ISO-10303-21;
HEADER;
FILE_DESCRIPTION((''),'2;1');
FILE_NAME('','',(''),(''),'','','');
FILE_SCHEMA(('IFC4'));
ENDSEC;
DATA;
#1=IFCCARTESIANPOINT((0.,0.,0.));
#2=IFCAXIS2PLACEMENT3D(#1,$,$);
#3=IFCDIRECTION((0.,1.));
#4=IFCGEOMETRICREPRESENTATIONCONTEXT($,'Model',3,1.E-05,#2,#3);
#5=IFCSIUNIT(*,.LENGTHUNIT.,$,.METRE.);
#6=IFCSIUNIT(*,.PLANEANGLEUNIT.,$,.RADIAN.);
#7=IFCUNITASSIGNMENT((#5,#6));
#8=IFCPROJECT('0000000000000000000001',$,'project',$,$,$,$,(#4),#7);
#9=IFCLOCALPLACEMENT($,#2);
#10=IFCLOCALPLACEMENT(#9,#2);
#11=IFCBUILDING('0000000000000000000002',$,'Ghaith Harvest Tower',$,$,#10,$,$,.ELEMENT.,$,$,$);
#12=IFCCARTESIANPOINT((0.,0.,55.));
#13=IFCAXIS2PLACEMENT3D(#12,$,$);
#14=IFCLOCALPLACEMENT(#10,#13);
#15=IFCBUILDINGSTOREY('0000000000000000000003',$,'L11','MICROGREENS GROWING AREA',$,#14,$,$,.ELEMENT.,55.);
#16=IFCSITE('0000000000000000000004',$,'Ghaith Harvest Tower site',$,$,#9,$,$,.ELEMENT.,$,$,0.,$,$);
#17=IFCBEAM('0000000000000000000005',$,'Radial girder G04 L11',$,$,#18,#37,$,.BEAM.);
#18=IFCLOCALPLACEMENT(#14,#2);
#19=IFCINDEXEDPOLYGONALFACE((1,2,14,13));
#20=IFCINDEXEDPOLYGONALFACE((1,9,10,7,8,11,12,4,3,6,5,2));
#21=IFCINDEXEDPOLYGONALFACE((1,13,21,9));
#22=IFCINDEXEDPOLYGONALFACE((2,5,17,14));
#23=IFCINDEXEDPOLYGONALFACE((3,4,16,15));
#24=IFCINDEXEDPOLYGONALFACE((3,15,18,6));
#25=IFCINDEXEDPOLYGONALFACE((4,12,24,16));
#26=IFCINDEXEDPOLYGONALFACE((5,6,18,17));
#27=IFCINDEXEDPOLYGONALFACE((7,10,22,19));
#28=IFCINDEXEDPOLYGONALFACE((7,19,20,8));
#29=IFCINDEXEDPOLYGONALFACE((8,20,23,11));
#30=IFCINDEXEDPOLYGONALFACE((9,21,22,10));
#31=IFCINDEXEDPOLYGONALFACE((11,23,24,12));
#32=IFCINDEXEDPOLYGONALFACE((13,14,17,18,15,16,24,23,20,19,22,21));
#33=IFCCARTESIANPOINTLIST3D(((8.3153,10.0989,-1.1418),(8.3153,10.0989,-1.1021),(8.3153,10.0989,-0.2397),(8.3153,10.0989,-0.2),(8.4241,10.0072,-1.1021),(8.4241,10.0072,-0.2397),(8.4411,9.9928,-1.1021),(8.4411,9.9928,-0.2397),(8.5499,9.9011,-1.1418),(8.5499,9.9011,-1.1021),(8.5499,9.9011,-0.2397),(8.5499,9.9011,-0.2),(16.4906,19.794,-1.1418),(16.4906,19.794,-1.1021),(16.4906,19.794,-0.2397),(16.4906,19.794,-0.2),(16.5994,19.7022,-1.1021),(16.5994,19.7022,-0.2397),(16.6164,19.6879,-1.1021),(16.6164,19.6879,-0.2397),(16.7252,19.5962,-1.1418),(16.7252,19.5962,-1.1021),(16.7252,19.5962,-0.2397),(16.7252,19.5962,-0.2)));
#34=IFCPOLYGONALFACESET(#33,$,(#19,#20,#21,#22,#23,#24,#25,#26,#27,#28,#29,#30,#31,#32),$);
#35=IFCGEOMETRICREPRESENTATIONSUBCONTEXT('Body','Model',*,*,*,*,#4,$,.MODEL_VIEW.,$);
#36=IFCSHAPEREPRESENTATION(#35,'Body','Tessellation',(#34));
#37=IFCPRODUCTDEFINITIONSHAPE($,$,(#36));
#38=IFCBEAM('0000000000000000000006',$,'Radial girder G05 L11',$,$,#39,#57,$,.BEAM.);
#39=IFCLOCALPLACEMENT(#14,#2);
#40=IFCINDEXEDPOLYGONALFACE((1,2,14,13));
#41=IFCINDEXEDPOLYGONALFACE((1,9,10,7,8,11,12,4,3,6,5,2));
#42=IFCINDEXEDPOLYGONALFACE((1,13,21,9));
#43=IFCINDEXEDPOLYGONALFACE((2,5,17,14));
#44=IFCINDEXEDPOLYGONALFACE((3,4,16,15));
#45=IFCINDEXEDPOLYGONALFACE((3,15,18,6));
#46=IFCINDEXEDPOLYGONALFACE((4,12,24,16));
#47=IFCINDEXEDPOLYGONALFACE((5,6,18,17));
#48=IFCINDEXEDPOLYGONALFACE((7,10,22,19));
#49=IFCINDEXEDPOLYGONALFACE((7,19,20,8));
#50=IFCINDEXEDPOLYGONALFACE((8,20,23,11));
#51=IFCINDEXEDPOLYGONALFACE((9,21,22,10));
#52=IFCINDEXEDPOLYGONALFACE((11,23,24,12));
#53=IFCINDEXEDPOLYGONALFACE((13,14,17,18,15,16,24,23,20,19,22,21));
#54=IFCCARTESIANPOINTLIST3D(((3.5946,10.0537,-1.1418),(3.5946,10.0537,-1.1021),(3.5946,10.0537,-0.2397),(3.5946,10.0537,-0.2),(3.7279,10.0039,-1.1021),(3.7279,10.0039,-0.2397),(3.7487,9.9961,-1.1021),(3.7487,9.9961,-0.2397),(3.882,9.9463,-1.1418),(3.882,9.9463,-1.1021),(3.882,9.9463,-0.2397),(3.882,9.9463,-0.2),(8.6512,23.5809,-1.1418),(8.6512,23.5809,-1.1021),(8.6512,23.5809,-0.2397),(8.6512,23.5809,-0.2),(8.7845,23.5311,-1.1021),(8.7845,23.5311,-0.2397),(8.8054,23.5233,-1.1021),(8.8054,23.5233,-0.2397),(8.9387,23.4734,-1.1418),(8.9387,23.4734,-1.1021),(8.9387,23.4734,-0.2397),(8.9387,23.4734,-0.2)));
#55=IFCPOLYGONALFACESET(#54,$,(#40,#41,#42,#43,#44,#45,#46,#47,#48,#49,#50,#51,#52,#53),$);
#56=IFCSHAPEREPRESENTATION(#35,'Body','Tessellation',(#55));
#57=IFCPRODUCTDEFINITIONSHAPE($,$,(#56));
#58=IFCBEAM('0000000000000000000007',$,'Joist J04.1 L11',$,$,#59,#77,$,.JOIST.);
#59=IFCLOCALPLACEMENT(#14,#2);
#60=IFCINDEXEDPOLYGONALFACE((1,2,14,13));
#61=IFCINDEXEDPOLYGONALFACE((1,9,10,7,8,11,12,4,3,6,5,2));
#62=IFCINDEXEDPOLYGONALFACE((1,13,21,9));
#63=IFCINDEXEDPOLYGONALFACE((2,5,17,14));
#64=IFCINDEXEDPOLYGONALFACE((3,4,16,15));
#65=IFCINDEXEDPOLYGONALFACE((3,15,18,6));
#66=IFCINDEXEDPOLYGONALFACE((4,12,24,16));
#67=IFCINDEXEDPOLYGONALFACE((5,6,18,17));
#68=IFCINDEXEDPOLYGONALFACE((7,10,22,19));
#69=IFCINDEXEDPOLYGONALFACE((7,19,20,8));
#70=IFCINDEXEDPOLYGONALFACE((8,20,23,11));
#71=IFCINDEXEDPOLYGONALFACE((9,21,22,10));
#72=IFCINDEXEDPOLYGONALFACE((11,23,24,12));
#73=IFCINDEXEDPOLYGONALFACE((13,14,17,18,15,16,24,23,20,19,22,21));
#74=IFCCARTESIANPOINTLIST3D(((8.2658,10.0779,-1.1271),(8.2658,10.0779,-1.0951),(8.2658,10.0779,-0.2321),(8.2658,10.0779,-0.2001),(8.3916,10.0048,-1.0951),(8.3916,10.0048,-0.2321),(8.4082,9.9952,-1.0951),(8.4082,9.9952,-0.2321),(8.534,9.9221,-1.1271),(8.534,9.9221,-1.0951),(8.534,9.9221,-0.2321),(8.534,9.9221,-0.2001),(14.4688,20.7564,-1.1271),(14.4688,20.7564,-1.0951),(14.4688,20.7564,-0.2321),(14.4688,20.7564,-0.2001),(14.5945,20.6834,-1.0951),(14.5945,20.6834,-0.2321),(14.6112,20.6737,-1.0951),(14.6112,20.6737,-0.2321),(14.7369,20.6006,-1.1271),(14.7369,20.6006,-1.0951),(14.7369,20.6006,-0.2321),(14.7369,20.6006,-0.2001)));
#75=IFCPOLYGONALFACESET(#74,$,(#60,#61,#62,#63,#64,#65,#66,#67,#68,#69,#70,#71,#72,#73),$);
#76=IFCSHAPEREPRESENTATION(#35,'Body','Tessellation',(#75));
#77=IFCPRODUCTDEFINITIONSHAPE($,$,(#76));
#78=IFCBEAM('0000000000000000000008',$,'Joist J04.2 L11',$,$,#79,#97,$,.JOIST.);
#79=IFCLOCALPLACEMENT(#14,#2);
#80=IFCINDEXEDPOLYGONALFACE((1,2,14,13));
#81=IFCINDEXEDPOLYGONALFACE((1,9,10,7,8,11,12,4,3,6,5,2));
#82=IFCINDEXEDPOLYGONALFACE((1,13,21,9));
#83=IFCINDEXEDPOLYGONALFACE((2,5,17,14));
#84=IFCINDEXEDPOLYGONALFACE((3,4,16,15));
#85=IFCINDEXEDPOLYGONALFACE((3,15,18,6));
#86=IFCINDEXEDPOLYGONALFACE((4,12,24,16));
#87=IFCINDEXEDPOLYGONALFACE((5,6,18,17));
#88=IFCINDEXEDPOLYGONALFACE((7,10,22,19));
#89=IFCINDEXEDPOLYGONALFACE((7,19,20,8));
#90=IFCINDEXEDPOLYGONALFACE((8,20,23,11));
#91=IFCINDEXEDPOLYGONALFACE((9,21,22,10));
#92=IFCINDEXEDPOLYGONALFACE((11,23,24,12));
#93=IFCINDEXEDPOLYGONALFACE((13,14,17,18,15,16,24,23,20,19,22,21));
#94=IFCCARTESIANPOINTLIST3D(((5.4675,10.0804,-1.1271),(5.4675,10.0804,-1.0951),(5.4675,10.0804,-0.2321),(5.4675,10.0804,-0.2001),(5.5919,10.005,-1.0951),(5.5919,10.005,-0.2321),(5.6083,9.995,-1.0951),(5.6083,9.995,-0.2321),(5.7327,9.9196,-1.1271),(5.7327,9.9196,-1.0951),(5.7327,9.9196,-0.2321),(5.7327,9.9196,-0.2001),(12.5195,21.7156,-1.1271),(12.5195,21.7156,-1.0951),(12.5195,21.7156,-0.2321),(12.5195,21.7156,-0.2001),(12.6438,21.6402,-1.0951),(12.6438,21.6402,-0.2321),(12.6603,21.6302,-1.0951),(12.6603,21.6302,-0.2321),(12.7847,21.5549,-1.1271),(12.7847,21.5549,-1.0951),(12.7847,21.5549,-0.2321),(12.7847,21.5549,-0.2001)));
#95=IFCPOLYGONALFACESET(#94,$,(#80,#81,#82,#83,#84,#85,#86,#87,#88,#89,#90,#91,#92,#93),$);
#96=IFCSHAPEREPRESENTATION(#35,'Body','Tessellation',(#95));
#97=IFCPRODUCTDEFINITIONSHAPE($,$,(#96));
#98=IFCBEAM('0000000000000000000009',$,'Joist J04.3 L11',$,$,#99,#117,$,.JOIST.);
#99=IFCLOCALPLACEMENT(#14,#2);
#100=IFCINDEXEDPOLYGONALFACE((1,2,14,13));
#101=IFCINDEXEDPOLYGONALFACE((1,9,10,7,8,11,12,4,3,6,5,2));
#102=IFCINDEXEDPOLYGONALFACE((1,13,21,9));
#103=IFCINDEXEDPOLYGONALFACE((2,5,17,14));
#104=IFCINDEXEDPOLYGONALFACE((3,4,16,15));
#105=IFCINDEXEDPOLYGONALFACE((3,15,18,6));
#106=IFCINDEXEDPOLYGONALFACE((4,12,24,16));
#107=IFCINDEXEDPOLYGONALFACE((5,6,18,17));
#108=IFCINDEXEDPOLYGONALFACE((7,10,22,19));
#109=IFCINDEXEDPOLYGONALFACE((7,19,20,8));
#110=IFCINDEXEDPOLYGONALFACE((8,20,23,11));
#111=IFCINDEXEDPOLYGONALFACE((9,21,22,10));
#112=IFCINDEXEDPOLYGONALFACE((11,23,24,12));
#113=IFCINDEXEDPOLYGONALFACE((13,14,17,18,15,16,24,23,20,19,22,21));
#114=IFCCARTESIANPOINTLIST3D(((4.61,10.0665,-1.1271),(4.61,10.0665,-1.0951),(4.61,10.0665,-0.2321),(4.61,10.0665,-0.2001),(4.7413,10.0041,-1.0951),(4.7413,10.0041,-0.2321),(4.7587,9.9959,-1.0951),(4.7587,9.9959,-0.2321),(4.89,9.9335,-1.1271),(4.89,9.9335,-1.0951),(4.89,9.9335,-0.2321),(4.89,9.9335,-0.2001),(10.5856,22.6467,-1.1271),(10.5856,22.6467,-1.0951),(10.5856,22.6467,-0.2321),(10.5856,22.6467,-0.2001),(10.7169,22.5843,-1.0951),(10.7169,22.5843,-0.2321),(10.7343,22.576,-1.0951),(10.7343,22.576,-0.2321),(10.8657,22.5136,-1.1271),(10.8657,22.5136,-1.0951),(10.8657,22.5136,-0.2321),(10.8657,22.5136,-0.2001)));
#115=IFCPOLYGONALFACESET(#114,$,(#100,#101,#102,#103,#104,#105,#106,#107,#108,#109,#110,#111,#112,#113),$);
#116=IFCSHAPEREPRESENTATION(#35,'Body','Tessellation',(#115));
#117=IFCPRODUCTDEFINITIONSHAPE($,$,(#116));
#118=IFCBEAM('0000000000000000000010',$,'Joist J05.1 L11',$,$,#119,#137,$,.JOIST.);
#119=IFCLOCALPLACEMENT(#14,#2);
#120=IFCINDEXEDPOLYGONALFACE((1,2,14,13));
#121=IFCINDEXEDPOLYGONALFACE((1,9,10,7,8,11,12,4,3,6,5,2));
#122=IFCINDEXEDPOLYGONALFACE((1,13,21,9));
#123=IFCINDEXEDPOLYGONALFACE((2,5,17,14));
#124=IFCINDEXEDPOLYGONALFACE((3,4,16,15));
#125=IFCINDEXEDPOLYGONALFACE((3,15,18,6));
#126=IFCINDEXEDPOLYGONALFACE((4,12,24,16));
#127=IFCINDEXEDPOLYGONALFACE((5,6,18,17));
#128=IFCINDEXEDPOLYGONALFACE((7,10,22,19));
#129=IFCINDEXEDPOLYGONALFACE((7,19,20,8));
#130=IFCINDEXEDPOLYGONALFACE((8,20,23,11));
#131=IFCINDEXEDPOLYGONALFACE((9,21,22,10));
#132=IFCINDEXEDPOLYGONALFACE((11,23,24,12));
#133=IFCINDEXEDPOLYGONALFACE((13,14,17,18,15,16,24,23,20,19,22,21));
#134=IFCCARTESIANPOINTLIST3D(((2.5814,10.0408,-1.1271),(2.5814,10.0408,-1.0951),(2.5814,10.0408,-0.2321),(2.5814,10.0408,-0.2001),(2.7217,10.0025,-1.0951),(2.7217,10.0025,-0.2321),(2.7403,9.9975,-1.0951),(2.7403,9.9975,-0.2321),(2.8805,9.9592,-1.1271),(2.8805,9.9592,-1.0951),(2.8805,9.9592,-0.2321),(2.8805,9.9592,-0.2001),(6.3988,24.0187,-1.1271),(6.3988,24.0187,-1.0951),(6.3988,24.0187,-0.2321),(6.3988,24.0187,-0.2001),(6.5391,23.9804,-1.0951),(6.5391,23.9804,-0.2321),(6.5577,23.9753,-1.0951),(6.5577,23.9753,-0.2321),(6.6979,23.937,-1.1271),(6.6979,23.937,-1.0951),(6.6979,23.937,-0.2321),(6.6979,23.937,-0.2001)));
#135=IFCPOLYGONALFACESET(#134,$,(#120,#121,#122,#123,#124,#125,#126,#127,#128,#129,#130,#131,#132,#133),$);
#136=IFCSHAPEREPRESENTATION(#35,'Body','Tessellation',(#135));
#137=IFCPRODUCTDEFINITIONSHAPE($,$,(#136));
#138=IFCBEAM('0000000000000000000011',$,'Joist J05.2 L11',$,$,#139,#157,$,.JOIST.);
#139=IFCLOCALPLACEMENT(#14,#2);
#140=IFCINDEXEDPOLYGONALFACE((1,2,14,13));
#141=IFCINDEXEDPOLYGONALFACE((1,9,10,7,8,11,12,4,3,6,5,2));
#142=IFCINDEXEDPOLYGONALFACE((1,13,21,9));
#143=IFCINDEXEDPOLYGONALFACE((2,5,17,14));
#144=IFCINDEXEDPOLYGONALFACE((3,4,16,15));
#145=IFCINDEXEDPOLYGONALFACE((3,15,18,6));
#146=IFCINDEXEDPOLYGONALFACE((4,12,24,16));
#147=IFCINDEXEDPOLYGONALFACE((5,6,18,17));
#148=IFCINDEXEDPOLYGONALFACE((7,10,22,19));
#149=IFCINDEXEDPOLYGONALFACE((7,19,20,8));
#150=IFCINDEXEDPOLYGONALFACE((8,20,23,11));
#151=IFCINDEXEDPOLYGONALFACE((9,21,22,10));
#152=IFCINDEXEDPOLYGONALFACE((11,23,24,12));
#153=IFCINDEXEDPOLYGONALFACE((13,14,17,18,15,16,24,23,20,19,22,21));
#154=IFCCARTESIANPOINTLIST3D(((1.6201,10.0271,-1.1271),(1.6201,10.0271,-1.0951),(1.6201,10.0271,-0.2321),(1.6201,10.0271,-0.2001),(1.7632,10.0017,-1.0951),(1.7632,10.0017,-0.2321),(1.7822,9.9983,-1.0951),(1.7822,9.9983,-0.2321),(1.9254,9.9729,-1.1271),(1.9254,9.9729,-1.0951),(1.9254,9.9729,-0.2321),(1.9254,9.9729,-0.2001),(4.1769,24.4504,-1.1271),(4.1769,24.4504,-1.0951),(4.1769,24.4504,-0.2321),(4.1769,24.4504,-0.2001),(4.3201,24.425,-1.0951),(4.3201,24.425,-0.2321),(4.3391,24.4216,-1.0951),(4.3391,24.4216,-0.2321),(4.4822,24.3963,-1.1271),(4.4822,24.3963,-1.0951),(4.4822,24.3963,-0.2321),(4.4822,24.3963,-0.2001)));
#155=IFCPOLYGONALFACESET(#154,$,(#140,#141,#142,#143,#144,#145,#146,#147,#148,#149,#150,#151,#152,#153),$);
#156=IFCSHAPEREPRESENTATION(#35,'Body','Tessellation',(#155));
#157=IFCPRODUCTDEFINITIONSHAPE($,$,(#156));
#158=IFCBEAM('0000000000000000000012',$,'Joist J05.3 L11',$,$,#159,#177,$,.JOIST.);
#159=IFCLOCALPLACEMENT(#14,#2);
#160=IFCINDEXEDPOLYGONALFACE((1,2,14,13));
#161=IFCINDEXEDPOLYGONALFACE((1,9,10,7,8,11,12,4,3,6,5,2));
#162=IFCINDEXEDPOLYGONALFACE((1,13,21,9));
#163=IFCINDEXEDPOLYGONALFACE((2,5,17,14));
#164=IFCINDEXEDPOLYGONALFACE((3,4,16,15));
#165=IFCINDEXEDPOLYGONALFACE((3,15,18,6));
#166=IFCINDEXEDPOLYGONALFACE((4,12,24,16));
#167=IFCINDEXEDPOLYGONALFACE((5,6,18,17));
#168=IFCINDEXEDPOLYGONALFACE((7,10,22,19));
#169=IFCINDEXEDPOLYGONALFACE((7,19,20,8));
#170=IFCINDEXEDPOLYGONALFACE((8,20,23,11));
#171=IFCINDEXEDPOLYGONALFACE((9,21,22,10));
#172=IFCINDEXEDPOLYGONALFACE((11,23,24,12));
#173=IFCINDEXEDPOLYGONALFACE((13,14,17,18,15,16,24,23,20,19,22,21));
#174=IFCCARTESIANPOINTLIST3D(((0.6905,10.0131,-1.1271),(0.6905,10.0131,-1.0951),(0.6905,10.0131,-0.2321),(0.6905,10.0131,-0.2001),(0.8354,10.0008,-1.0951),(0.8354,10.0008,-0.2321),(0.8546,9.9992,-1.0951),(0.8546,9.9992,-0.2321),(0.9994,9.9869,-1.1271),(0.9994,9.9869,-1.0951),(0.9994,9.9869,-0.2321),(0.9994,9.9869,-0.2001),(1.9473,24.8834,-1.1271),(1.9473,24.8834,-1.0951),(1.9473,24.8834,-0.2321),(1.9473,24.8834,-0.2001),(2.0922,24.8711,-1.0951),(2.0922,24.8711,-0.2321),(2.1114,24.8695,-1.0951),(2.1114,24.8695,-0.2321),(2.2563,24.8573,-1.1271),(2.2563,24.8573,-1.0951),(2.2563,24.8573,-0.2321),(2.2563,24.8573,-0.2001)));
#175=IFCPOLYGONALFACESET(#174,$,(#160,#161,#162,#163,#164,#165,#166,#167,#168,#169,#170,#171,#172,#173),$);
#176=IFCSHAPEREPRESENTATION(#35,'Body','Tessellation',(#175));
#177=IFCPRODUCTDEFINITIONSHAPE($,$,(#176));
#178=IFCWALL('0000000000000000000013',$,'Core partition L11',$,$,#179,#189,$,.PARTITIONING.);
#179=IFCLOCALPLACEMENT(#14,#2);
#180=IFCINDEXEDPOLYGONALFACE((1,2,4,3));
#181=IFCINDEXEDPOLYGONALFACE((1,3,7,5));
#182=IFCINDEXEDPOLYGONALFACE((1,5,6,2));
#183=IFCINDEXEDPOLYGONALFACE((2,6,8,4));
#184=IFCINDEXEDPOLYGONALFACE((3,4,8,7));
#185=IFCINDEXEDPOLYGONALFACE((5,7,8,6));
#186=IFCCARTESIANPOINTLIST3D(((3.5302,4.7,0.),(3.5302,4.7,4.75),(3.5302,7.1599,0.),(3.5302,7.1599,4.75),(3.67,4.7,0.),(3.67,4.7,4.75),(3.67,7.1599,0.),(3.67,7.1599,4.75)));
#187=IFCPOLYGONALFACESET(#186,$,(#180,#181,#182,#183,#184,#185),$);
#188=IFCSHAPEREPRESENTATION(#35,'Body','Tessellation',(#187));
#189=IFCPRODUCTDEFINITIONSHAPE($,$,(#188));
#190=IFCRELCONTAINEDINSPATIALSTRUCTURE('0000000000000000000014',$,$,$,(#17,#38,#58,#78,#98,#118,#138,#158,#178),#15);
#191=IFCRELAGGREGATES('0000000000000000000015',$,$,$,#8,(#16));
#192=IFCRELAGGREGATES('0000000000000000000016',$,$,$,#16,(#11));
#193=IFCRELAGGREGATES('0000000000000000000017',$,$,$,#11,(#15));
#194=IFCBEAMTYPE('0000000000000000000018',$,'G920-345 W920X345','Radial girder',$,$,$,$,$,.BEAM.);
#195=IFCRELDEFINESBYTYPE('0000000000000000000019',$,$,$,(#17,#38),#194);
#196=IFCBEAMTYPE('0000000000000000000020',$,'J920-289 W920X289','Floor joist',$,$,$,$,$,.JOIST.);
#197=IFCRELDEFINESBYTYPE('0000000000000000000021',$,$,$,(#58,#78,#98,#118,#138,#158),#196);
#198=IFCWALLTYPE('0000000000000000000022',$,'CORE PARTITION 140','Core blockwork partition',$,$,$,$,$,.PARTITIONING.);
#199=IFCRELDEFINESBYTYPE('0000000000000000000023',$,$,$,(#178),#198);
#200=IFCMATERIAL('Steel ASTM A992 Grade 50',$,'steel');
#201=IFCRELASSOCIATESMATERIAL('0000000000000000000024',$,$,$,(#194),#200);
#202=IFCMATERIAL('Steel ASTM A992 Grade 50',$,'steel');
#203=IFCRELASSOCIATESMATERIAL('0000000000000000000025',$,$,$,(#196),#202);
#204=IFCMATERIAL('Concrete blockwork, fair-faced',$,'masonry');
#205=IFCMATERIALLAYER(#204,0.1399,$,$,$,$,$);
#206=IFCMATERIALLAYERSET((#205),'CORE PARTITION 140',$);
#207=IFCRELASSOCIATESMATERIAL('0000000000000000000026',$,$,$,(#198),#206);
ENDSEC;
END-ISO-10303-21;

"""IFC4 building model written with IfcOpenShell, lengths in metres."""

from ifc_helpers import new_model, si_unit, direction, frame, frame_2d, origin, origin_2d, place, context, subcontext, project, spatial, rectangle, i_section, extrude, material, layer, layer_set, material_profile, profile_set, type_object, element, save


model = new_model("IFC4")

# Units and contexts
model_context = context("Model", 3, precision=1e-05, world=origin(), true_north=direction((0.0, 1.0)))
body_context = subcontext(model_context, "Body", "Model", "MODEL_VIEW")
ifc_project = project(units=[si_unit("LENGTHUNIT", "METRE"), si_unit("PLANEANGLEUNIT", "RADIAN")], contexts=[model_context])

# Site, building, storey
site_placement = place(None, origin())
site = spatial("IfcSite", under=ifc_project, at=site_placement, Name="Ghaith Harvest Tower site", CompositionType="ELEMENT", RefElevation=0.0)
building_placement = place(site_placement, origin())
building = spatial("IfcBuilding", under=site, at=building_placement, Name="Ghaith Harvest Tower", CompositionType="ELEMENT")
storey_placement = place(building_placement, frame((0.0, 0.0, 55.0)))
storey = spatial("IfcBuildingStorey", under=building, at=storey_placement, Name="L11", Description="MICROGREENS GROWING AREA", CompositionType="ELEMENT", Elevation=55.0)

# Beams
ifc_material_1 = material(Name="Steel ASTM A992 Grade 50", Category="steel")
ifc_material_profile_1 = material_profile(ifc_material_1, i_section(OverallWidth=0.3069, OverallDepth=0.9419, WebThickness=0.0222, FlangeThickness=0.0398, at=origin_2d()), Name="W920X345")
ifc_profile_set_1 = profile_set([ifc_material_profile_1], Name="Steel ASTM A992 Grade 50")
beam_type_1 = type_object("IfcBeamType", Name="G920-345 W920X345", Description="Radial girder", PredefinedType="BEAM", material=ifc_profile_set_1)
beam_1_placement = place(storey_placement, frame((8.4326, 10.0, -0.6709), z_axis=(0.644644, 0.764483, 0.0), x_axis=(-0.764483, 0.644644, 0.0)))
element("IfcBeam", 1, at=beam_1_placement, inside=storey, type_object=beam_type_1, Name="Radial girder G04 L11", PredefinedType="BEAM", context=body_context, shape_type="SweptSolid", body=[
    extrude(i_section(OverallWidth=0.3069, OverallDepth=0.9419, WebThickness=0.0222, FlangeThickness=0.0398, at=origin_2d()), origin(), (0.0, 0.0, 1.0), 12.6819),
])
beam_2_placement = place(storey_placement, frame((3.7383, 10.0, -0.6709), z_axis=(0.350151, 0.936693, 0.0), x_axis=(-0.936693, 0.350151, 0.0)))
element("IfcBeam", 2, at=beam_2_placement, inside=storey, type_object=beam_type_1, Name="Radial girder G05 L11", PredefinedType="BEAM", context=body_context, shape_type="SweptSolid", body=[
    extrude(i_section(OverallWidth=0.3069, OverallDepth=0.9419, WebThickness=0.0222, FlangeThickness=0.0398, at=origin_2d()), origin(), (0.0, 0.0, 1.0), 14.4414),
])
ifc_material_2 = material(Name="Steel ASTM A992 Grade 50", Category="steel")
ifc_material_profile_2 = material_profile(ifc_material_2, i_section(OverallWidth=0.3101, OverallDepth=0.927, WebThickness=0.0193, FlangeThickness=0.032, at=origin_2d()), Name="W920X289")
ifc_profile_set_2 = profile_set([ifc_material_profile_2], Name="Steel ASTM A992 Grade 50")
beam_type_2 = type_object("IfcBeamType", Name="J920-289 W920X289", Description="Floor joist", PredefinedType="JOIST", material=ifc_profile_set_2)
beam_3_placement = place(storey_placement, frame((8.3999, 10.0, -0.6636), z_axis=(0.502286, 0.864702, 0.0), x_axis=(-0.864702, 0.502286, 0.0)))
element("IfcBeam", 3, at=beam_3_placement, inside=storey, type_object=beam_type_2, Name="Joist J04.1 L11", PredefinedType="JOIST", context=body_context, shape_type="SweptSolid", body=[
    extrude(i_section(OverallWidth=0.3101, OverallDepth=0.927, WebThickness=0.0193, FlangeThickness=0.032, at=origin_2d()), origin(), (0.0, 0.0, 1.0), 12.3494),
])
beam_4_placement = place(storey_placement, frame((5.6001, 10.0, -0.6636), z_axis=(0.51832, 0.855187, 0.0), x_axis=(-0.855187, 0.51832, 0.0)))
element("IfcBeam", 4, at=beam_4_placement, inside=storey, type_object=beam_type_2, Name="Joist J04.2 L11", PredefinedType="JOIST", context=body_context, shape_type="SweptSolid", body=[
    extrude(i_section(OverallWidth=0.3101, OverallDepth=0.927, WebThickness=0.0193, FlangeThickness=0.032, at=origin_2d()), origin(), (0.0, 0.0, 1.0), 13.6055),
])
beam_5_placement = place(storey_placement, frame((4.75, 10.0, -0.6636), z_axis=(0.42906, 0.903276, 0.0), x_axis=(-0.903276, 0.42906, 0.0)))
element("IfcBeam", 5, at=beam_5_placement, inside=storey, type_object=beam_type_2, Name="Joist J04.3 L11", PredefinedType="JOIST", context=body_context, shape_type="SweptSolid", body=[
    extrude(i_section(OverallWidth=0.3101, OverallDepth=0.927, WebThickness=0.0193, FlangeThickness=0.032, at=origin_2d()), origin(), (0.0, 0.0, 1.0), 13.9272),
])
beam_6_placement = place(storey_placement, frame((2.731, 10.0, -0.6636), z_axis=(0.263455, 0.964672, 0.0), x_axis=(-0.964672, 0.263455, 0.0)))
element("IfcBeam", 6, at=beam_6_placement, inside=storey, type_object=beam_type_2, Name="Joist J05.1 L11", PredefinedType="JOIST", context=body_context, shape_type="SweptSolid", body=[
    extrude(i_section(OverallWidth=0.3101, OverallDepth=0.927, WebThickness=0.0193, FlangeThickness=0.032, at=origin_2d()), origin(), (0.0, 0.0, 1.0), 14.4897),
])
beam_7_placement = place(storey_placement, frame((1.7727, 10.0, -0.6636), z_axis=(0.174553, 0.984648, 0.0), x_axis=(-0.984648, 0.174553, 0.0)))
element("IfcBeam", 7, at=beam_7_placement, inside=storey, type_object=beam_type_2, Name="Joist J05.2 L11", PredefinedType="JOIST", context=body_context, shape_type="SweptSolid", body=[
    extrude(i_section(OverallWidth=0.3101, OverallDepth=0.927, WebThickness=0.0193, FlangeThickness=0.032, at=origin_2d()), origin(), (0.0, 0.0, 1.0), 14.6482),
])
beam_8_placement = place(storey_placement, frame((0.845, 10.0, -0.6636), z_axis=(0.084219, 0.996447, 0.0), x_axis=(-0.996447, 0.084219, 0.0)))
element("IfcBeam", 8, at=beam_8_placement, inside=storey, type_object=beam_type_2, Name="Joist J05.3 L11", PredefinedType="JOIST", context=body_context, shape_type="SweptSolid", body=[
    extrude(i_section(OverallWidth=0.3101, OverallDepth=0.927, WebThickness=0.0193, FlangeThickness=0.032, at=origin_2d()), origin(), (0.0, 0.0, 1.0), 14.9233),
])

# Wall
ifc_material_3 = material(Name="Concrete blockwork, fair-faced", Category="masonry")
ifc_layer_1 = layer(ifc_material_3, 0.1399)
ifc_layer_set_1 = layer_set([ifc_layer_1], Name="CORE PARTITION 140")
wall_type_1 = type_object("IfcWallType", Name="CORE PARTITION 140", Description="Core blockwork partition", PredefinedType="PARTITIONING", material=ifc_layer_set_1)
wall_1_placement = place(storey_placement, frame((3.6001, 4.7, 0.0), z_axis=(0.0, 0.0, 1.0), x_axis=(0.0, 1.0, 0.0)))
element("IfcWall", 9, at=wall_1_placement, inside=storey, type_object=wall_type_1, Name="Core partition L11", PredefinedType="PARTITIONING", context=body_context, shape_type="SweptSolid", body=[
    extrude(rectangle(XDim=2.46, YDim=0.1399, at=frame_2d((1.23, 0.0))), origin(), (0.0, 0.0, 1.0), 4.75),
])

save(model, "model.ifc")
